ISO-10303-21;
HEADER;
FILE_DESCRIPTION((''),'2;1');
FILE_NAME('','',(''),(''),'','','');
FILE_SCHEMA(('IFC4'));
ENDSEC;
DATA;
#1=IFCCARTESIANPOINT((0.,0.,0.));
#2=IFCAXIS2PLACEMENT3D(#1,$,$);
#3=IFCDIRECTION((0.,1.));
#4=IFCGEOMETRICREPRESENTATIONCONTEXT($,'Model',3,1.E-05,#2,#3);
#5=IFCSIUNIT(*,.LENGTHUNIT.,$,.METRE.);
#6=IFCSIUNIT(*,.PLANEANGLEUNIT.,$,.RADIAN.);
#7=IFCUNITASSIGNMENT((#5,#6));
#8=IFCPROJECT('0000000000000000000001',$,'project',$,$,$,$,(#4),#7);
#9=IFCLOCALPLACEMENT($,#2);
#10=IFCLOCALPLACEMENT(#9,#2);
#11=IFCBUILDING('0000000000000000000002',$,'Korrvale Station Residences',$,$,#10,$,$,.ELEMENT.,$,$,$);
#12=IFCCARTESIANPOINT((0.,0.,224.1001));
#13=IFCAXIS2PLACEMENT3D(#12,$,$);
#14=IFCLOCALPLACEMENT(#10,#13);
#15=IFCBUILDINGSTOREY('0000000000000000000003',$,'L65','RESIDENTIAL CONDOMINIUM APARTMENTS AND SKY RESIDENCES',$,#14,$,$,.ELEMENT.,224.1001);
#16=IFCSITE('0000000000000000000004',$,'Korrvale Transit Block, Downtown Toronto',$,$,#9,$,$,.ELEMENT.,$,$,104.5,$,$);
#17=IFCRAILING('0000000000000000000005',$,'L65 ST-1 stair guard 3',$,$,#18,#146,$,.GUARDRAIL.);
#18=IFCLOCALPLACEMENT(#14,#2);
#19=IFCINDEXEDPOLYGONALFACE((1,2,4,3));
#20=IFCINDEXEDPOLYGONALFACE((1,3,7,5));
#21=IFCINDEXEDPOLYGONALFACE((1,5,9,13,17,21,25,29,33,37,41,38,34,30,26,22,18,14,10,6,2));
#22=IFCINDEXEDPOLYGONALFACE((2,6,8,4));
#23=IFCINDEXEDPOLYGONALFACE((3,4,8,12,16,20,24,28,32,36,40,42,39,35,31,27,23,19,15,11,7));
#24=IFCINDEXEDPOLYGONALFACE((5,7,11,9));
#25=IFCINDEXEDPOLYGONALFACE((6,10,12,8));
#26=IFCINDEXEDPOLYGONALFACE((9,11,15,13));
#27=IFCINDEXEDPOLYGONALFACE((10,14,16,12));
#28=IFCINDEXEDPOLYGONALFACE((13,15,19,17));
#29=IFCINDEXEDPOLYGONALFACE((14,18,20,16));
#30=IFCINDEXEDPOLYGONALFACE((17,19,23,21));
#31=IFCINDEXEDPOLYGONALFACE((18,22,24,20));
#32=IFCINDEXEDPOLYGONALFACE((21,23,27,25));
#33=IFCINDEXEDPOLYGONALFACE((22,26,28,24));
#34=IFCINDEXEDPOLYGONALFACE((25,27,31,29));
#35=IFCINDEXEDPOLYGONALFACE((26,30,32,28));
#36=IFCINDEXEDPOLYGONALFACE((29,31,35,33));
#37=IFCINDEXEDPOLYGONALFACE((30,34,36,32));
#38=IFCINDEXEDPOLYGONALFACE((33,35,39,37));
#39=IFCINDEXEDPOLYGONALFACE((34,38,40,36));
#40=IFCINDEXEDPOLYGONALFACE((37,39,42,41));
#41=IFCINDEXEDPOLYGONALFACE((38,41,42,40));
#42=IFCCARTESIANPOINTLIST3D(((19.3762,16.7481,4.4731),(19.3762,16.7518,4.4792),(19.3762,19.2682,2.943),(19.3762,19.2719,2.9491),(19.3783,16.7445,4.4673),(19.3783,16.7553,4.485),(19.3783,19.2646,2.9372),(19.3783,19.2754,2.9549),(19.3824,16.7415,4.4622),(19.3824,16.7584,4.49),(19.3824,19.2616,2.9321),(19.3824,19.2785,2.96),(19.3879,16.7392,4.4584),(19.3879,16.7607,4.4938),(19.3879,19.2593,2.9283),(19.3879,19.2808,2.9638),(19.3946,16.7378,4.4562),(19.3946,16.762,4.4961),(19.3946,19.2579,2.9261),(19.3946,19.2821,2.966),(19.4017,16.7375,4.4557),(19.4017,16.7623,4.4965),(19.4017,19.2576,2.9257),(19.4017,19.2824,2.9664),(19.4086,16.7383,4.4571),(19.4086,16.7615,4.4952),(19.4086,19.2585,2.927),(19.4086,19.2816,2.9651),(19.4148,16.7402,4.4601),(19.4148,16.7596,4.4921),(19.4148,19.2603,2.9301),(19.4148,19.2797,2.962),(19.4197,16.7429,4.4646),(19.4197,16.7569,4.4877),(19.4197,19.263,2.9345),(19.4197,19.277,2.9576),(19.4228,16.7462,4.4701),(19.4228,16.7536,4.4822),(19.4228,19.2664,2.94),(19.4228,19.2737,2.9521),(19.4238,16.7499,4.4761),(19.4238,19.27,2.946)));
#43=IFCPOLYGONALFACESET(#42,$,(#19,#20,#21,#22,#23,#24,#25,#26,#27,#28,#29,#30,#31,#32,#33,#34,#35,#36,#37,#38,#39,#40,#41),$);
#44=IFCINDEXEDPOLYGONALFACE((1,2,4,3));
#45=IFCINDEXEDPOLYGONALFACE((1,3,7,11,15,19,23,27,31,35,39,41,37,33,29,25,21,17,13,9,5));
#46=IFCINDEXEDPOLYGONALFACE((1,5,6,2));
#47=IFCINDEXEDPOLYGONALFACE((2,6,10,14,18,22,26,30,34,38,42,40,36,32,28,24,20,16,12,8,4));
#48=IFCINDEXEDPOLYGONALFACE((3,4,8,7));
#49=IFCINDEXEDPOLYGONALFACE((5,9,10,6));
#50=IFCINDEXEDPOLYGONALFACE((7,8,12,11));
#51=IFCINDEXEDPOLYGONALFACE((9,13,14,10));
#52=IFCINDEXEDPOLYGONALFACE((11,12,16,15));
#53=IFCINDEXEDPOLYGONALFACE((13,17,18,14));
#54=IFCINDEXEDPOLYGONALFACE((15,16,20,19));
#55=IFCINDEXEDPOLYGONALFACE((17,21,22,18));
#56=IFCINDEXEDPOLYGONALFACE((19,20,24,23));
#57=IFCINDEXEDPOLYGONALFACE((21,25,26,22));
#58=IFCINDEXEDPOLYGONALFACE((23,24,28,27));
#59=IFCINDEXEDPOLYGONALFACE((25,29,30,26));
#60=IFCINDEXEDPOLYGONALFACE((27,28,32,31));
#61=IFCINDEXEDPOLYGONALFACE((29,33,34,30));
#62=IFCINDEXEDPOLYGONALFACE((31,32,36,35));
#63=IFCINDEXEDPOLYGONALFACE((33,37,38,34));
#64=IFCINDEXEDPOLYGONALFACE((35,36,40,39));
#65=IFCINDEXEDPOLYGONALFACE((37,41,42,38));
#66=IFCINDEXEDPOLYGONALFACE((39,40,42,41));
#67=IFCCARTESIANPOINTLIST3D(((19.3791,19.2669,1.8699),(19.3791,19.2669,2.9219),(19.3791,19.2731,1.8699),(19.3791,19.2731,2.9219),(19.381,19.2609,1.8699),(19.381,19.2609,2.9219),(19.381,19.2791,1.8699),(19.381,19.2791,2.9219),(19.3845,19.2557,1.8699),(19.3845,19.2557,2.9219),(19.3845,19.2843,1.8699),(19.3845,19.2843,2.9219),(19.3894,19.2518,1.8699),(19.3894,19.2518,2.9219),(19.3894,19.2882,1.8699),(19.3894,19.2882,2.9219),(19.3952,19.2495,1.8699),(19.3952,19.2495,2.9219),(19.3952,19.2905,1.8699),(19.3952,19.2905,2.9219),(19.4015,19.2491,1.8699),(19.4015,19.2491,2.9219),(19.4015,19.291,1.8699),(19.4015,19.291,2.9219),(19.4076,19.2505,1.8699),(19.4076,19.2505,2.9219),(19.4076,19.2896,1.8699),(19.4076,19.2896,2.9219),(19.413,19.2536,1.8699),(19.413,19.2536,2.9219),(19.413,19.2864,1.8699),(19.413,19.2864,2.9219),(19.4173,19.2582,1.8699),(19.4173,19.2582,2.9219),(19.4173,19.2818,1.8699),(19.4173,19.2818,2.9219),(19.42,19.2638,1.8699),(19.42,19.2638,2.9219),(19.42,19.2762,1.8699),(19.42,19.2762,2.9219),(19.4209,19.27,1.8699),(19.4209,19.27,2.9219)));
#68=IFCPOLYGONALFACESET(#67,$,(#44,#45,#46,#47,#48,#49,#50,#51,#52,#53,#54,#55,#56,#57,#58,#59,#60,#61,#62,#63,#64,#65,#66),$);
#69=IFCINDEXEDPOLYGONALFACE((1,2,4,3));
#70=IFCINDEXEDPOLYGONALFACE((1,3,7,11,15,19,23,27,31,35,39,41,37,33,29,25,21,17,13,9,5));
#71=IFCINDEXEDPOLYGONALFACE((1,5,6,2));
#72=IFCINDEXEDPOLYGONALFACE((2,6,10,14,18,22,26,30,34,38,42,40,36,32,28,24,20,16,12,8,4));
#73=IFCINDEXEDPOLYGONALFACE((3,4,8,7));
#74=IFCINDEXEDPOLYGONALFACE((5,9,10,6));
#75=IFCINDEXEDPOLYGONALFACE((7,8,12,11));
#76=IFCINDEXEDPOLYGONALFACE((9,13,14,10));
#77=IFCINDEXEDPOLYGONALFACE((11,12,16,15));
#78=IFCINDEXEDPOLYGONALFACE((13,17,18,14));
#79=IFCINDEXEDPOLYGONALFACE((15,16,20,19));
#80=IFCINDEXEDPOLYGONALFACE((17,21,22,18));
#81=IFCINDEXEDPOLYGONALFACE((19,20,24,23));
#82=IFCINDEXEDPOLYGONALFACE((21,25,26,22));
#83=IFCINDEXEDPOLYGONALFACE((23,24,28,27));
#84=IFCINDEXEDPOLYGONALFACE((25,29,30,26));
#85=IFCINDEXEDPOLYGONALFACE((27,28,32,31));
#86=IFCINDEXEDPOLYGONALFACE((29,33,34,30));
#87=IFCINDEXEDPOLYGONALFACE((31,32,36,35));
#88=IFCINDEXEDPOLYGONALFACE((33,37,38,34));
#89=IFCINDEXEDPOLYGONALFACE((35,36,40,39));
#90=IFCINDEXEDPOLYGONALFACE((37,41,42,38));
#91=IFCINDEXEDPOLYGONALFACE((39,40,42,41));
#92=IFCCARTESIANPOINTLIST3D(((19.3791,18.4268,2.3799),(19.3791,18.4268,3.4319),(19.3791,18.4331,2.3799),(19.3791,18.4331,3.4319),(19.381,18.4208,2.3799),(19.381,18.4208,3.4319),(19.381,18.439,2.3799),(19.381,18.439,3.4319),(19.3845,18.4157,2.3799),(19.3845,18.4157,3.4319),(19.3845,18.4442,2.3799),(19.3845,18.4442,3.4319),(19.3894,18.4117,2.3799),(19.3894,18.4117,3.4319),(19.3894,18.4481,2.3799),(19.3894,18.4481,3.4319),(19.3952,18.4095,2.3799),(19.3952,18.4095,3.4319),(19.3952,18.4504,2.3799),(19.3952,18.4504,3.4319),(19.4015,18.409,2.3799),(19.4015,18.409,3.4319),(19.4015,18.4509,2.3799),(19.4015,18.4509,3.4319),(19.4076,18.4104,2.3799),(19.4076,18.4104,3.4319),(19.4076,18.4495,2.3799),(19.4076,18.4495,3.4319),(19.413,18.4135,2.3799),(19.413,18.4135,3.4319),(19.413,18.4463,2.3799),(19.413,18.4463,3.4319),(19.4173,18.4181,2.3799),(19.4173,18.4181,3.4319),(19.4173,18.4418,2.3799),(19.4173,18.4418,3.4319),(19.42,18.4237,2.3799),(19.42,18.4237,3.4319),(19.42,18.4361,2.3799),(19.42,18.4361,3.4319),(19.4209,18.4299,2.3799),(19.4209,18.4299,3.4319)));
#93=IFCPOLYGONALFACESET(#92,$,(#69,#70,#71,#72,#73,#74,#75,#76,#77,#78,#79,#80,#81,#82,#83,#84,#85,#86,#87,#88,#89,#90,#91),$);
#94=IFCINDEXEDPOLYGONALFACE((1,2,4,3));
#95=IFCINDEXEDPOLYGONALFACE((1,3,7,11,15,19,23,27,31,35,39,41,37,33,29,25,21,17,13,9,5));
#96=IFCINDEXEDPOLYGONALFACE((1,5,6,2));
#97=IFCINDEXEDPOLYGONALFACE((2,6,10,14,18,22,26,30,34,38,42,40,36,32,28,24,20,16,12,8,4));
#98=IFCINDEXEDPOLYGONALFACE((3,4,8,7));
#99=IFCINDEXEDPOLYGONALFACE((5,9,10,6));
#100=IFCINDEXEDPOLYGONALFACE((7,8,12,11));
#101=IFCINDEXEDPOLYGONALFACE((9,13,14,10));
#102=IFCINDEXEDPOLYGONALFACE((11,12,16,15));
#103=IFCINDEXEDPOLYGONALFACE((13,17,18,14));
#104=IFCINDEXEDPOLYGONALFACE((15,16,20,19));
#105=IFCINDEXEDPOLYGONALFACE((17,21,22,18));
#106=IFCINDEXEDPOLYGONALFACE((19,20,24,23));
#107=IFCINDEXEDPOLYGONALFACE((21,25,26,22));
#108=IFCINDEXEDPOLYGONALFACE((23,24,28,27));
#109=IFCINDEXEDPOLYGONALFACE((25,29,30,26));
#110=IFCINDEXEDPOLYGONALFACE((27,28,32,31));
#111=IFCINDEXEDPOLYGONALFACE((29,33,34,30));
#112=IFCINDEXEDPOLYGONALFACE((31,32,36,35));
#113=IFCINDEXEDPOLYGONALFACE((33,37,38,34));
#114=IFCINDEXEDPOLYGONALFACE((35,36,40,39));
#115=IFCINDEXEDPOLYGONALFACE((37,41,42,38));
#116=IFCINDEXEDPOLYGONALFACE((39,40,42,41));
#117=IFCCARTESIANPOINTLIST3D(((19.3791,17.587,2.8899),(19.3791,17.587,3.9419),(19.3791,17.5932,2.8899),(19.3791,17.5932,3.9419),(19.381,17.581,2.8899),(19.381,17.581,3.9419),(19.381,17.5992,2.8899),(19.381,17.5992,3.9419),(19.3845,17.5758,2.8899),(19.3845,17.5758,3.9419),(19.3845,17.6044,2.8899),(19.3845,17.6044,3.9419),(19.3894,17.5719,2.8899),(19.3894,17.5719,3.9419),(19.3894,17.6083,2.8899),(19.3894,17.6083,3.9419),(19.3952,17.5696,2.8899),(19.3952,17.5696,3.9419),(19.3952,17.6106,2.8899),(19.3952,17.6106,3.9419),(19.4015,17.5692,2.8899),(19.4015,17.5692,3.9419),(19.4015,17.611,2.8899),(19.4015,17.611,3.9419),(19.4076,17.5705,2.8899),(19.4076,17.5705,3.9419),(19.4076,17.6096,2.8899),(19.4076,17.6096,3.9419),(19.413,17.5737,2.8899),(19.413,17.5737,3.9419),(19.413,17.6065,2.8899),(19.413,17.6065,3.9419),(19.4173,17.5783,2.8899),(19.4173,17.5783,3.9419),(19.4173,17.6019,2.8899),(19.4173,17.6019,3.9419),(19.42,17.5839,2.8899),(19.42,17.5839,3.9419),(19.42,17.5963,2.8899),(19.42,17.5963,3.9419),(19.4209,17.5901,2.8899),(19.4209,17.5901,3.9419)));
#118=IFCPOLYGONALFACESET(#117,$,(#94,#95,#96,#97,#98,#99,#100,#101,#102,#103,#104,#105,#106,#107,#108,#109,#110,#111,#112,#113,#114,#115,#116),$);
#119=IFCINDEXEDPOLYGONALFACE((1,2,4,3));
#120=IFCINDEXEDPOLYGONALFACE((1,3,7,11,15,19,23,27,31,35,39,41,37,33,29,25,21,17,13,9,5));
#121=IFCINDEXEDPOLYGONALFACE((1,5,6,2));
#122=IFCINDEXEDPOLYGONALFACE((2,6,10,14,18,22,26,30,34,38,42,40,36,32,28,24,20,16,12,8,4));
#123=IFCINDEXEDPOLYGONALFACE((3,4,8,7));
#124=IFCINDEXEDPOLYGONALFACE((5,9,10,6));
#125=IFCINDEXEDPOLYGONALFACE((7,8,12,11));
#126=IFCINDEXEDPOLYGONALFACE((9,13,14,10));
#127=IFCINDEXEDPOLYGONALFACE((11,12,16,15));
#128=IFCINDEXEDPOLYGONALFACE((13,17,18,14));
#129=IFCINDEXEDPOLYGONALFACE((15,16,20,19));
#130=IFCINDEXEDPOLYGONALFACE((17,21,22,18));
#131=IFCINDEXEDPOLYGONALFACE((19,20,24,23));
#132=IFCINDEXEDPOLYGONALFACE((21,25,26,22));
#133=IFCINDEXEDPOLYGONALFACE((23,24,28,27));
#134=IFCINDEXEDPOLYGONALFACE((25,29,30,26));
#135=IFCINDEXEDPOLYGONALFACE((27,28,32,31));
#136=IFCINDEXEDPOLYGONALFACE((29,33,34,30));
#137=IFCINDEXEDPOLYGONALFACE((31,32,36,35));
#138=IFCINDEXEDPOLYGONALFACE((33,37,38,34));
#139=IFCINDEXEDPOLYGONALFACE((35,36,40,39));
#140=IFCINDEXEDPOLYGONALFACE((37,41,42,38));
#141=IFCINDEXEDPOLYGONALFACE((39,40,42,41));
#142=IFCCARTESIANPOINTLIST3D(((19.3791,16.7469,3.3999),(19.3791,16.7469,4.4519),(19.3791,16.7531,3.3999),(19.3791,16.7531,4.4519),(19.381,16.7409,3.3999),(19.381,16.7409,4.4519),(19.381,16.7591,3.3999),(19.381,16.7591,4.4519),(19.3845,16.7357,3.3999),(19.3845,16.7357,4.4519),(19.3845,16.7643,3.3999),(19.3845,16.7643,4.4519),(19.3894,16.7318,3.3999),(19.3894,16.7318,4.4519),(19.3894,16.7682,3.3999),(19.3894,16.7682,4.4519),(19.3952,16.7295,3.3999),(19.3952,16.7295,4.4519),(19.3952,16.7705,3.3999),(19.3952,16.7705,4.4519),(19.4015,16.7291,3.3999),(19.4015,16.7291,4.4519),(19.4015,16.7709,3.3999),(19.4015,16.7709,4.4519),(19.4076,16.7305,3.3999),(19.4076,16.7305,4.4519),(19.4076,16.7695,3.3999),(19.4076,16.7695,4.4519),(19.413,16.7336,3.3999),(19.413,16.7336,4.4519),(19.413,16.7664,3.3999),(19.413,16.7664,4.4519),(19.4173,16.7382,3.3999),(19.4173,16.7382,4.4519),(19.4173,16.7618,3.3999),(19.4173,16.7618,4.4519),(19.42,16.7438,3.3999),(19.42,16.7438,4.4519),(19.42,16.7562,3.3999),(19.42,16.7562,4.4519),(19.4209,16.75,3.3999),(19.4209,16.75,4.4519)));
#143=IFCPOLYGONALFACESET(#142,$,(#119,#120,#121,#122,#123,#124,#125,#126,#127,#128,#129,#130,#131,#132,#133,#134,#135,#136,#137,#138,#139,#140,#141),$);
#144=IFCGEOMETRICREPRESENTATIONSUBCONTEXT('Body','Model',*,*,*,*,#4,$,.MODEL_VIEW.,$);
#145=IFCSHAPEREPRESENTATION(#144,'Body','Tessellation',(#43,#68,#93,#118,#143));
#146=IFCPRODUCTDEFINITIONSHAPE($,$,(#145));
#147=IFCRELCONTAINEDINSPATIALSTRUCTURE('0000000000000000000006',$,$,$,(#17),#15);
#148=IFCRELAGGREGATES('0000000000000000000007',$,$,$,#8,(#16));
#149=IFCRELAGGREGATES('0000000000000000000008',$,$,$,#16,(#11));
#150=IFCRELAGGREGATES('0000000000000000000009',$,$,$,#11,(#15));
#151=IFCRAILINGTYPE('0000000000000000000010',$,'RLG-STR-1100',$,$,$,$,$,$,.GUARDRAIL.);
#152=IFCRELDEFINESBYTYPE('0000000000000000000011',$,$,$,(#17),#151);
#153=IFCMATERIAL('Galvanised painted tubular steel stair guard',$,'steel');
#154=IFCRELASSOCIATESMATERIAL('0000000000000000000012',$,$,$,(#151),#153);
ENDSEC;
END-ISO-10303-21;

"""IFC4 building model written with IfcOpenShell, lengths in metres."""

from ifc_helpers import new_model, si_unit, direction, frame, origin, origin_2d, place, context, subcontext, project, spatial, circle, extrude, material, type_object, element, save


model = new_model("IFC4")

# Units and contexts
model_context = context("Model", 3, precision=1e-05, world=origin(), true_north=direction((0.0, 1.0)))
body_context = subcontext(model_context, "Body", "Model", "MODEL_VIEW")
ifc_project = project(units=[si_unit("LENGTHUNIT", "METRE"), si_unit("PLANEANGLEUNIT", "RADIAN")], contexts=[model_context])

# Site, building, storey
site_placement = place(None, origin())
site = spatial("IfcSite", under=ifc_project, at=site_placement, Name="Korrvale Transit Block, Downtown Toronto", CompositionType="ELEMENT", RefElevation=104.5)
building_placement = place(site_placement, origin())
building = spatial("IfcBuilding", under=site, at=building_placement, Name="Korrvale Station Residences", CompositionType="ELEMENT")
storey_placement = place(building_placement, frame((0.0, 0.0, 224.1001)))
storey = spatial("IfcBuildingStorey", under=building, at=storey_placement, Name="L65", Description="RESIDENTIAL CONDOMINIUM APARTMENTS AND SKY RESIDENCES", CompositionType="ELEMENT", Elevation=224.1001)

# Railing
ifc_material_1 = material(Name="Galvanised painted tubular steel stair guard", Category="steel")
railing_type_1 = type_object("IfcRailingType", Name="RLG-STR-1100", PredefinedType="GUARDRAIL", material=ifc_material_1)
railing_1_placement = place(storey_placement, frame((19.3999, 19.27, 1.8699)))
element("IfcRailing", 1, at=railing_1_placement, inside=storey, type_object=railing_type_1, Name="L65 ST-1 stair guard 3", PredefinedType="GUARDRAIL", context=body_context, shape_type="SweptSolid", body=[
    extrude(circle(Radius=0.0239, at=origin_2d()), frame((0.0, 0.0, 1.0762), z_axis=(0.0, -0.854785, 0.518982), x_axis=(1.0, 0.0, 0.0)), (0.0, 0.0, 1.0), 2.9482),
    extrude(circle(Radius=0.021, at=origin_2d()), origin(), (0.0, 0.0, 1.0), 1.052),
    extrude(circle(Radius=0.021, at=origin_2d()), frame((0.0, -0.8401, 0.51)), (0.0, 0.0, 1.0), 1.052),
    extrude(circle(Radius=0.021, at=origin_2d()), frame((0.0, -1.6799, 1.02)), (0.0, 0.0, 1.0), 1.052),
    extrude(circle(Radius=0.021, at=origin_2d()), frame((0.0, -2.52, 1.53)), (0.0, 0.0, 1.0), 1.052),
])

save(model, "model.ifc")
